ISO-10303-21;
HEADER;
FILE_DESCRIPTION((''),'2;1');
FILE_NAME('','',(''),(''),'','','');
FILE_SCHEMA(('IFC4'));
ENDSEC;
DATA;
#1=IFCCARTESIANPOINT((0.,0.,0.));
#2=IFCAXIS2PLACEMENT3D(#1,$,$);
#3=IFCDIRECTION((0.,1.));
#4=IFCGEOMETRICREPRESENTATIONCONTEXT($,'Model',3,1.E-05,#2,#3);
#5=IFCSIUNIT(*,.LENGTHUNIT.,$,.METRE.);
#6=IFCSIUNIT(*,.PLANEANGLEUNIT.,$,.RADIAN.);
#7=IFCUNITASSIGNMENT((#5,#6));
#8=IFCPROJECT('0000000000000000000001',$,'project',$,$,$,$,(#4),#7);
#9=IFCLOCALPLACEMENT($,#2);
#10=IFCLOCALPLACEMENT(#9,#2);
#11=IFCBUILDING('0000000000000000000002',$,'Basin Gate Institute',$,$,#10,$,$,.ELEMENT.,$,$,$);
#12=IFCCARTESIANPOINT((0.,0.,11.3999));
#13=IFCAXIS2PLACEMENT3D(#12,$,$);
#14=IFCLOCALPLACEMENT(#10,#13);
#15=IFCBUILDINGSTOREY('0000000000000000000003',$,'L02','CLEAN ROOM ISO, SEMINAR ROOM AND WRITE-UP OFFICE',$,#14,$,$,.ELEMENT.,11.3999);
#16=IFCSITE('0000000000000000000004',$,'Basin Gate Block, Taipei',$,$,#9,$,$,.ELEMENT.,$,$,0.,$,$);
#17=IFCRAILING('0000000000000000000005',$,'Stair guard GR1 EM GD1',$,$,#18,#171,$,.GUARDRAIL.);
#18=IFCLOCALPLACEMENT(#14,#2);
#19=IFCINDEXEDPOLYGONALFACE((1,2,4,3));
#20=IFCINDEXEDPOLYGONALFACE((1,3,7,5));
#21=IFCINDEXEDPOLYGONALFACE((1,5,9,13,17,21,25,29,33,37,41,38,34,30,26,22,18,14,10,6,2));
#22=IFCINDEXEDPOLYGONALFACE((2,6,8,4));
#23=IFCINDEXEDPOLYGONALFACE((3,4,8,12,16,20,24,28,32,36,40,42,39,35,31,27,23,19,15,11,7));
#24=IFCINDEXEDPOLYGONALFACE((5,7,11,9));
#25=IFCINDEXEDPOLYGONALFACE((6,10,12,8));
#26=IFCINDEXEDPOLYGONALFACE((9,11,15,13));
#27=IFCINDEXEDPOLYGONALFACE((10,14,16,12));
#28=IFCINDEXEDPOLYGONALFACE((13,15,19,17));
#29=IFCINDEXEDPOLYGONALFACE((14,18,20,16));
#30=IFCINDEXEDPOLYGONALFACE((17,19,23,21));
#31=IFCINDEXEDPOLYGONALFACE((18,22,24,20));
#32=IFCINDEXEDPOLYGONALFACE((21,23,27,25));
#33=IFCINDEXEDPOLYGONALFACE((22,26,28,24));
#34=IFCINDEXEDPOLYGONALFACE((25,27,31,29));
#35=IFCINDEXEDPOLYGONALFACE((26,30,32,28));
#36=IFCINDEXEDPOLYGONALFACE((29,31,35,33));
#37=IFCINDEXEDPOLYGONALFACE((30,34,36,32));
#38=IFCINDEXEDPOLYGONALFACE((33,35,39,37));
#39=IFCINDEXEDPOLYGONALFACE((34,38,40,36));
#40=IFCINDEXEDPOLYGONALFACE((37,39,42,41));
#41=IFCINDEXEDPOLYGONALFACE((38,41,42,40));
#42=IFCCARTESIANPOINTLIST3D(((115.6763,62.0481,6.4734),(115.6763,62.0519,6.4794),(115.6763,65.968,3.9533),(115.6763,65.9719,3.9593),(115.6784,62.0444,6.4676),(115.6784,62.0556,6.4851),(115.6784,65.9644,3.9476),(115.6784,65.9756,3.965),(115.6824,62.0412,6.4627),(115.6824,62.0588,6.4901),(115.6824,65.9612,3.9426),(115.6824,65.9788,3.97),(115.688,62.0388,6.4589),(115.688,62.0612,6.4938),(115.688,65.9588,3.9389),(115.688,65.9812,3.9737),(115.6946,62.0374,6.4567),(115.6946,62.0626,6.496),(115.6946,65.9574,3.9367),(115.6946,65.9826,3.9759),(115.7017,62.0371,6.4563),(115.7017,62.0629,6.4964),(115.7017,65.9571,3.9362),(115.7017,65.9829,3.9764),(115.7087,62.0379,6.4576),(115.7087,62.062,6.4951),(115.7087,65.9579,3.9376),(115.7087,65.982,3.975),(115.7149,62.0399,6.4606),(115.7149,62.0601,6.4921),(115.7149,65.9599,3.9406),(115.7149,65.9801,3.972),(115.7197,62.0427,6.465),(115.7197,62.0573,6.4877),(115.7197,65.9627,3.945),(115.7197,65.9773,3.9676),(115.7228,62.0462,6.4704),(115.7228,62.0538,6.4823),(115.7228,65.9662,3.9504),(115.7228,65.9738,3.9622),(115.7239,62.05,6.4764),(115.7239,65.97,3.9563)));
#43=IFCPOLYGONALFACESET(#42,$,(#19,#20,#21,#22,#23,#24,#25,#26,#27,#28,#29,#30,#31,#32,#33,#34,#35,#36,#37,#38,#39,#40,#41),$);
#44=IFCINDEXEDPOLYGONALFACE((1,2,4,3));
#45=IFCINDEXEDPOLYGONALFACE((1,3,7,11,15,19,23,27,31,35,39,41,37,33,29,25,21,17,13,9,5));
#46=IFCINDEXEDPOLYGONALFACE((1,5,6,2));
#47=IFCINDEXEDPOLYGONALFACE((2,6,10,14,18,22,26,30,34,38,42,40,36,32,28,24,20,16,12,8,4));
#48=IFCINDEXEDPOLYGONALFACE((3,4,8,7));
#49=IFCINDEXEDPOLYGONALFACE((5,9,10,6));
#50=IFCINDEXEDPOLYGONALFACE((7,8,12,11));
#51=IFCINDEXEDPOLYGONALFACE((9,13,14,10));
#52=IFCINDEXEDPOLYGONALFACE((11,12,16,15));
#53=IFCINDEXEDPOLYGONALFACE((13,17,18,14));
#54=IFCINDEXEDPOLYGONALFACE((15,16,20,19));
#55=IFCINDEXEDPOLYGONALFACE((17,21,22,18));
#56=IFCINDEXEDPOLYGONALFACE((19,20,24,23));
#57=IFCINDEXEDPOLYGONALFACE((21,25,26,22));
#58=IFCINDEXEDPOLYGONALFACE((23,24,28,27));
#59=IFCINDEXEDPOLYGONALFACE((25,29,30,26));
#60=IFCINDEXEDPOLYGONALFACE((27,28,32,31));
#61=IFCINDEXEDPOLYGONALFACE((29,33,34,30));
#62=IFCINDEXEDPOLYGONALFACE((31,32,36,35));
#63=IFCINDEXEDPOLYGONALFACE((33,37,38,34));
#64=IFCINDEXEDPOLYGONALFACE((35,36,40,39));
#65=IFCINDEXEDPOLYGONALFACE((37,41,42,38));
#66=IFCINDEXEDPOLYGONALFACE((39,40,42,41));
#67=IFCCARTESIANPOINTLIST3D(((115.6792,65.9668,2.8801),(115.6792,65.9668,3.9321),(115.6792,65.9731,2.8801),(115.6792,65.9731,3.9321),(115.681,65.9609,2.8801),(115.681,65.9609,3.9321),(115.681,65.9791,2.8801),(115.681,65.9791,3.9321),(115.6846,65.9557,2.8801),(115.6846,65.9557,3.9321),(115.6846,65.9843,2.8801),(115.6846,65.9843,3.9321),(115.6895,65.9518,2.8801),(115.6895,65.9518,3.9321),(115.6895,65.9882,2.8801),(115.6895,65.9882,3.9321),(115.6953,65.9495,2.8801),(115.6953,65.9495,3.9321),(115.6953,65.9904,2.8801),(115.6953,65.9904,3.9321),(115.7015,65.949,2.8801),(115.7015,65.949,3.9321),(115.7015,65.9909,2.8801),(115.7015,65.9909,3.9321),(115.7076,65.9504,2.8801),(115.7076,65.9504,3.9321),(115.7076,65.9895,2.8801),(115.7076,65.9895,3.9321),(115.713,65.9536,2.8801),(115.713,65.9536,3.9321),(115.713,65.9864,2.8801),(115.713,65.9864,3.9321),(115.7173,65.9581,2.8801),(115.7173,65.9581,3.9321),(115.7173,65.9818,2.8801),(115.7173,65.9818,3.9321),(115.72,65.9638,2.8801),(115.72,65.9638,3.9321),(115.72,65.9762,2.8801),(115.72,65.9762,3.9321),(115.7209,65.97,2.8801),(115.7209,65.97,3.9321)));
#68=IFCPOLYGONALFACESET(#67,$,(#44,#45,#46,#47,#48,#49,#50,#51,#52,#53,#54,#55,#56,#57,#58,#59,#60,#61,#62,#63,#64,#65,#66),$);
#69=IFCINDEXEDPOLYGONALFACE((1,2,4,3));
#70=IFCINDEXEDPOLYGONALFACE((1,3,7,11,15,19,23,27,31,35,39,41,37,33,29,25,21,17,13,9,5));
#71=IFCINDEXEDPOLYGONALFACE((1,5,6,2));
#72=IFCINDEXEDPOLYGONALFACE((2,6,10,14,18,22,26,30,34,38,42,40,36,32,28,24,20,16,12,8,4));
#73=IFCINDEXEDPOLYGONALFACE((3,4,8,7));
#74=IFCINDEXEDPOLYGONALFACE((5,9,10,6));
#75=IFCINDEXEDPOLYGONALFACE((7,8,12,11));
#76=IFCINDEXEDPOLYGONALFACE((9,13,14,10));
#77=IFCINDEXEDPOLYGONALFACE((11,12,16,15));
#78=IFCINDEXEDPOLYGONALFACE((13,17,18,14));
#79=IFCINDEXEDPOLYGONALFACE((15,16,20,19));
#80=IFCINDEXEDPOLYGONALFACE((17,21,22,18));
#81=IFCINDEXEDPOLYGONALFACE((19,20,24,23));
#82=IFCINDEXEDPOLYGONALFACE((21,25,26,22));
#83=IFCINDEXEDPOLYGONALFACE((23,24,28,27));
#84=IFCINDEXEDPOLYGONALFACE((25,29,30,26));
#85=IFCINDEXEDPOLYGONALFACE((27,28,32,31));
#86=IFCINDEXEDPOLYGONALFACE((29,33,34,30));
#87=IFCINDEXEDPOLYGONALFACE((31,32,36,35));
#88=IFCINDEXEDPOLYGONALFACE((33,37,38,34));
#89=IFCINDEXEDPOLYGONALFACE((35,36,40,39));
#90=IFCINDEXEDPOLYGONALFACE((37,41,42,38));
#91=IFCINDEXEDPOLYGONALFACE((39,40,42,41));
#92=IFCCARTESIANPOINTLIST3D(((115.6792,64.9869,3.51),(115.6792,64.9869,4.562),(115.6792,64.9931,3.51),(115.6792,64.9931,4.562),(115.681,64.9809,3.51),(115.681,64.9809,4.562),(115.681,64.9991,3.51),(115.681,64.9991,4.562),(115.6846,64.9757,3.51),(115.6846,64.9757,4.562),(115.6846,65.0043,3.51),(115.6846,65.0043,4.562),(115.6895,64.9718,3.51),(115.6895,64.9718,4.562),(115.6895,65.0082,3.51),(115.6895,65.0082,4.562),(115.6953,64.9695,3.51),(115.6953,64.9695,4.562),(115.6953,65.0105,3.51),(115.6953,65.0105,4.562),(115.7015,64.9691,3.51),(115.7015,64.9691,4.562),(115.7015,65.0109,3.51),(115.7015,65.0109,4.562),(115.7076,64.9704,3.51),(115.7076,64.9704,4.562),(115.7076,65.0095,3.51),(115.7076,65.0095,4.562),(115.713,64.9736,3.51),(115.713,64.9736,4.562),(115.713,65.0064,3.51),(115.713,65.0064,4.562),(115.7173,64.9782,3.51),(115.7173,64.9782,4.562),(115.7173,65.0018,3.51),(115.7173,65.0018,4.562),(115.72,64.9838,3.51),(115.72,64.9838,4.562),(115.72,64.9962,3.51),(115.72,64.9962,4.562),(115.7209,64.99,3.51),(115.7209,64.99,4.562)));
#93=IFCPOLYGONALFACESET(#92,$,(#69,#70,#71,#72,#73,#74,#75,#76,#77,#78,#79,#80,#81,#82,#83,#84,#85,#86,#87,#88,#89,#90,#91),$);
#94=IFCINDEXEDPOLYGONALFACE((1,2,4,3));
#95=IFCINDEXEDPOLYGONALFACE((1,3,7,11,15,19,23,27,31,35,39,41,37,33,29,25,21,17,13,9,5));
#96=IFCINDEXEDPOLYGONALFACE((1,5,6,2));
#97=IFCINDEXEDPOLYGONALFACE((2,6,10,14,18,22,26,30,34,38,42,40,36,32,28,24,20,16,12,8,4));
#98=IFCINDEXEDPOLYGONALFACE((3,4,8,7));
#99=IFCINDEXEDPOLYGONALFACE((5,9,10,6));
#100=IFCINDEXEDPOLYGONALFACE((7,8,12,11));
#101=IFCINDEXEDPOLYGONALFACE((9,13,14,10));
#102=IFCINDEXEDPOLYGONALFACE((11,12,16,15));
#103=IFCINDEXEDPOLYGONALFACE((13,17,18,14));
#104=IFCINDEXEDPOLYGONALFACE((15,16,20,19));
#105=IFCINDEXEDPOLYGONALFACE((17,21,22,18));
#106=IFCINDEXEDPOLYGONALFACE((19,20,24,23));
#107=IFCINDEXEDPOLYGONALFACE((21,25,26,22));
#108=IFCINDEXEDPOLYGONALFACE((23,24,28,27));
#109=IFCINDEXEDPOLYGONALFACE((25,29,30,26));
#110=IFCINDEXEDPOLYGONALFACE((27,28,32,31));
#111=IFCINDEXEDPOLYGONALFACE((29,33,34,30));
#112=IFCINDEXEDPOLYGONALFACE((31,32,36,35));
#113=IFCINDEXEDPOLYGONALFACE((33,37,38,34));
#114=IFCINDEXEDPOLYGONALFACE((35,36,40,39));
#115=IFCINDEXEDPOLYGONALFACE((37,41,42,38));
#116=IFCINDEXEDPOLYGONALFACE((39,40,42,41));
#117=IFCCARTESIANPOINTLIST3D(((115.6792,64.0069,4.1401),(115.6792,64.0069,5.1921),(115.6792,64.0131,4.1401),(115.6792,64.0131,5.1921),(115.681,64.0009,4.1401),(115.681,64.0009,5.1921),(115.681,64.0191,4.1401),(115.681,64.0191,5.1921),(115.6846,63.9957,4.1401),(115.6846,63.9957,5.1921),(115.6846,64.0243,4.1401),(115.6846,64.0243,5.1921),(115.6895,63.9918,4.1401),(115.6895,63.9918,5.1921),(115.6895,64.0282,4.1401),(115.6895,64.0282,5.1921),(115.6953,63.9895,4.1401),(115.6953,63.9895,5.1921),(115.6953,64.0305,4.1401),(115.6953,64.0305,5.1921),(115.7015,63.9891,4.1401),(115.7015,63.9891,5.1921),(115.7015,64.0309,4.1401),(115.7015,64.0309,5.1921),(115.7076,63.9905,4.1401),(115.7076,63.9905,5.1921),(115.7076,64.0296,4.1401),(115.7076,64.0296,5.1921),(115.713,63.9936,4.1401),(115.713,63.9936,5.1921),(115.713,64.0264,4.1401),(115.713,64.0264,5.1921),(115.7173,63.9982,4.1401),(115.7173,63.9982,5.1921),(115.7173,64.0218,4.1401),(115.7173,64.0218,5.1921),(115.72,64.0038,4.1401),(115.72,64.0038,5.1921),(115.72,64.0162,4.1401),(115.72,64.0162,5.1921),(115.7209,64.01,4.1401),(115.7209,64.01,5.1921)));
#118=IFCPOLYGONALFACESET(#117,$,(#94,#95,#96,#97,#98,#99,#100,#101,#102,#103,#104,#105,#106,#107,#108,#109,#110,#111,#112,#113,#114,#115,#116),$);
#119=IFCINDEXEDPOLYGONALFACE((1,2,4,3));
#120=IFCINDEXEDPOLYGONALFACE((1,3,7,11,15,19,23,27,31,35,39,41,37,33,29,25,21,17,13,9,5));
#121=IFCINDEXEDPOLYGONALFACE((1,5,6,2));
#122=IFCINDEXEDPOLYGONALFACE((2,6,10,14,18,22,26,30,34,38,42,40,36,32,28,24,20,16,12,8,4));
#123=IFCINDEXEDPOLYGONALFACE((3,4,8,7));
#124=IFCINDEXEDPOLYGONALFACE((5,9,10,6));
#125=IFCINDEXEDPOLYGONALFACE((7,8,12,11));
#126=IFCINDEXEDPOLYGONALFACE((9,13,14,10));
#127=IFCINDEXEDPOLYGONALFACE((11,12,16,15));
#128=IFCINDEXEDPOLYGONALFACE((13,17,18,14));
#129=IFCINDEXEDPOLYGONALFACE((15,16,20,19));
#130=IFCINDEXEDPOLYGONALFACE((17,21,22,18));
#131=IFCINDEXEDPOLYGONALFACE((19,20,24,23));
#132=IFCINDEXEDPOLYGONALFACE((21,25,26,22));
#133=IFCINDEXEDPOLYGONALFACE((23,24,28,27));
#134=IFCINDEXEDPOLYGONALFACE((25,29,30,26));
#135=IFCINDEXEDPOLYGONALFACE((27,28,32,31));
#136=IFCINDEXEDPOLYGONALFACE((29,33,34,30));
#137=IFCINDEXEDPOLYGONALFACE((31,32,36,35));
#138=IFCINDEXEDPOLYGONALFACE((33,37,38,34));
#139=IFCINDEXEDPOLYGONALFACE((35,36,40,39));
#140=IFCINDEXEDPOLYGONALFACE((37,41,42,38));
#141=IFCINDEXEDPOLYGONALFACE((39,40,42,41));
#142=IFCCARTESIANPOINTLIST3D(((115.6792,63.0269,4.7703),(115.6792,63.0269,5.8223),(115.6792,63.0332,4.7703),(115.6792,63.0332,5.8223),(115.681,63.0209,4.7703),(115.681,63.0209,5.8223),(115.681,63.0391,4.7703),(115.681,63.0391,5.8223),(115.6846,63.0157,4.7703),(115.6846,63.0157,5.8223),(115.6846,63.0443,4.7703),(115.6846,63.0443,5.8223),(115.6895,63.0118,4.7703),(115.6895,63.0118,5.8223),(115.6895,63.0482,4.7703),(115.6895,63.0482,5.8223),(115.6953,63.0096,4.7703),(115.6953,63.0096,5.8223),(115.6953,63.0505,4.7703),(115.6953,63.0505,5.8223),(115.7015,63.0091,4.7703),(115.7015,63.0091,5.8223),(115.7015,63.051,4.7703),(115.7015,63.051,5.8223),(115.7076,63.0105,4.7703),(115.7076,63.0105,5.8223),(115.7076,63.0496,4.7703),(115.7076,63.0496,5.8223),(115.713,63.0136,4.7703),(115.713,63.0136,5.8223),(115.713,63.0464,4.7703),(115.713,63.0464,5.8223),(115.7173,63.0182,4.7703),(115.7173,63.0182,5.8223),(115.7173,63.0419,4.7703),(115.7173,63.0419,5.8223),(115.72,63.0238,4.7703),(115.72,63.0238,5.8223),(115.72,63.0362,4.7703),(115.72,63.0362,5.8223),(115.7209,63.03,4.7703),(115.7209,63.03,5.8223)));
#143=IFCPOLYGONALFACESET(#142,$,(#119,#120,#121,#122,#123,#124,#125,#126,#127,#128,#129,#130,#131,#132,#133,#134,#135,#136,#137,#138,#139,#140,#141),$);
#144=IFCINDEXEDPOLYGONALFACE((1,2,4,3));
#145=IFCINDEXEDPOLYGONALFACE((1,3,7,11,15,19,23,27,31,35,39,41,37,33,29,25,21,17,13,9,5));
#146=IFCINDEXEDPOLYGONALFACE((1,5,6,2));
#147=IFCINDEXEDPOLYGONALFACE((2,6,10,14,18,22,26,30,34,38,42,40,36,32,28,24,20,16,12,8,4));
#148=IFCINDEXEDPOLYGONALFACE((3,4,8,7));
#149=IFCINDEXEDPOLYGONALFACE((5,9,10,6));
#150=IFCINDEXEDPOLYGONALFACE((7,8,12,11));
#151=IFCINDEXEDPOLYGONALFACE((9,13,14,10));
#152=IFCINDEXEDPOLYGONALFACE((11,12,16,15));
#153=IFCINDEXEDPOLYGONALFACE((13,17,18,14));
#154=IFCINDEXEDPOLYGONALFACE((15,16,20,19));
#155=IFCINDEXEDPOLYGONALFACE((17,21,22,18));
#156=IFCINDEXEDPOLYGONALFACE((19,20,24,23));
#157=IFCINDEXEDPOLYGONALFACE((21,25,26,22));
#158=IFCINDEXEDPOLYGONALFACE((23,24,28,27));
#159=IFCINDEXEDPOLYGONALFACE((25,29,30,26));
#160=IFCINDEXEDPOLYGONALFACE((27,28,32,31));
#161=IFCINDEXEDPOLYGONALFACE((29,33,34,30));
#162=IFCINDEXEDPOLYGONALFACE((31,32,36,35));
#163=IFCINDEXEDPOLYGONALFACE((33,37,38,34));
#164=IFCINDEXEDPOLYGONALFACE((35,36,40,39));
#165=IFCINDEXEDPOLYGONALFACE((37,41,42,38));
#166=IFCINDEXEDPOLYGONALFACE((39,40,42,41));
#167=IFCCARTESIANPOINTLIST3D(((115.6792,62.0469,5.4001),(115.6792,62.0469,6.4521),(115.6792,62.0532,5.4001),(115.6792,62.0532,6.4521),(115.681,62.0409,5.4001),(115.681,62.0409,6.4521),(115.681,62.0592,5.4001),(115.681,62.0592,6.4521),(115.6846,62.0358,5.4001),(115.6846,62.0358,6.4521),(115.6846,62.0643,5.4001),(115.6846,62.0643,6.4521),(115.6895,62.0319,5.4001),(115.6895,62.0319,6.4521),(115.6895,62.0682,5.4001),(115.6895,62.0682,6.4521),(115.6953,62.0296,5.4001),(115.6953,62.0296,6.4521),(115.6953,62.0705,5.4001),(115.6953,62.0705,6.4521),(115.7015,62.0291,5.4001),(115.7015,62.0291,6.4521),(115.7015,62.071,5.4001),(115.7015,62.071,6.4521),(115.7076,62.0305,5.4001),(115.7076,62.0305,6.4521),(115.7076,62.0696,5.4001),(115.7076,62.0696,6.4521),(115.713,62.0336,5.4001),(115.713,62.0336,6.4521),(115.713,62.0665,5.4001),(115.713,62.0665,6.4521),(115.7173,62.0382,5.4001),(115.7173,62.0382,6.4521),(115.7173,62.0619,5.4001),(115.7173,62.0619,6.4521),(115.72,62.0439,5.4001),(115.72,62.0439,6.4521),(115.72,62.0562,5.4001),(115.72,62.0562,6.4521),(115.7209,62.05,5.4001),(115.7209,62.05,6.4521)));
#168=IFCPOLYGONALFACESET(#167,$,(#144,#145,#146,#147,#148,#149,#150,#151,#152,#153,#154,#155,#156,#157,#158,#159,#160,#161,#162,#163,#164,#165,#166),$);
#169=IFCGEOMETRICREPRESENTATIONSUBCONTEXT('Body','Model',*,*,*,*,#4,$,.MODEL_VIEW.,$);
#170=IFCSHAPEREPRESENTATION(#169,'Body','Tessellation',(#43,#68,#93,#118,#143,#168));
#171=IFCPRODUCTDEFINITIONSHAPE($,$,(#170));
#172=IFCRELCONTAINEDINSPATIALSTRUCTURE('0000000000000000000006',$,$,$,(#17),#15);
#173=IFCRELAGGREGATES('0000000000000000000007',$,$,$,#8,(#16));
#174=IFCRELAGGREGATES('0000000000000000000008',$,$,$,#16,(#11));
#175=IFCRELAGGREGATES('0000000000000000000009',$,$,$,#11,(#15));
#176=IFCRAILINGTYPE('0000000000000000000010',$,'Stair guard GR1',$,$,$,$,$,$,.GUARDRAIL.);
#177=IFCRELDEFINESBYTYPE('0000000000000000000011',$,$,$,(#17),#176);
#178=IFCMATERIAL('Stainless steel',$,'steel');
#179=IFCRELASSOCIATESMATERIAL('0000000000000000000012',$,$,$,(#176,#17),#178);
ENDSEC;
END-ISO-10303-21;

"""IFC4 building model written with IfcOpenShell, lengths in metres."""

from ifc_helpers import new_model, si_unit, direction, frame, origin, origin_2d, place, context, subcontext, project, spatial, circle, extrude, material, type_object, element, save


model = new_model("IFC4")

# Units and contexts
model_context = context("Model", 3, precision=1e-05, world=origin(), true_north=direction((0.0, 1.0)))
body_context = subcontext(model_context, "Body", "Model", "MODEL_VIEW")
ifc_project = project(units=[si_unit("LENGTHUNIT", "METRE"), si_unit("PLANEANGLEUNIT", "RADIAN")], contexts=[model_context])

# Site, building, storey
site_placement = place(None, origin())
site = spatial("IfcSite", under=ifc_project, at=site_placement, Name="Basin Gate Block, Taipei", CompositionType="ELEMENT", RefElevation=0.0)
building_placement = place(site_placement, origin())
building = spatial("IfcBuilding", under=site, at=building_placement, Name="Basin Gate Institute", CompositionType="ELEMENT")
storey_placement = place(building_placement, frame((0.0, 0.0, 11.3999)))
storey = spatial("IfcBuildingStorey", under=building, at=storey_placement, Name="L02", Description="CLEAN ROOM ISO, SEMINAR ROOM AND WRITE-UP OFFICE", CompositionType="ELEMENT", Elevation=11.3999)

# Railing
ifc_material_1 = material(Name="Stainless steel", Category="steel")
railing_type_1 = type_object("IfcRailingType", Name="Stair guard GR1", PredefinedType="GUARDRAIL", material=ifc_material_1)
railing_1_placement = place(storey_placement, frame((115.7, 65.97, 2.8801)))
element("IfcRailing", 1, at=railing_1_placement, inside=storey, type_object=railing_type_1, material=ifc_material_1, Name="Stair guard GR1 EM GD1", PredefinedType="GUARDRAIL", context=body_context, shape_type="SweptSolid", body=[
    extrude(circle(Radius=0.0239, at=origin_2d()), frame((0.0, 0.0, 1.0762), z_axis=(0.0, -0.841172, 0.540768), x_axis=(1.0, 0.0, 0.0)), (0.0, 0.0, 1.0), 4.6602),
    extrude(circle(Radius=0.021, at=origin_2d()), origin(), (0.0, 0.0, 1.0), 1.052),
    extrude(circle(Radius=0.021, at=origin_2d()), frame((0.0, -0.98, 0.6299)), (0.0, 0.0, 1.0), 1.052),
    extrude(circle(Radius=0.021, at=origin_2d()), frame((0.0, -1.96, 1.26)), (0.0, 0.0, 1.0), 1.052),
    extrude(circle(Radius=0.021, at=origin_2d()), frame((0.0, -2.9399, 1.8901)), (0.0, 0.0, 1.0), 1.052),
    extrude(circle(Radius=0.021, at=origin_2d()), frame((0.0, -3.9199, 2.52)), (0.0, 0.0, 1.0), 1.052),
])

save(model, "model.ifc")
